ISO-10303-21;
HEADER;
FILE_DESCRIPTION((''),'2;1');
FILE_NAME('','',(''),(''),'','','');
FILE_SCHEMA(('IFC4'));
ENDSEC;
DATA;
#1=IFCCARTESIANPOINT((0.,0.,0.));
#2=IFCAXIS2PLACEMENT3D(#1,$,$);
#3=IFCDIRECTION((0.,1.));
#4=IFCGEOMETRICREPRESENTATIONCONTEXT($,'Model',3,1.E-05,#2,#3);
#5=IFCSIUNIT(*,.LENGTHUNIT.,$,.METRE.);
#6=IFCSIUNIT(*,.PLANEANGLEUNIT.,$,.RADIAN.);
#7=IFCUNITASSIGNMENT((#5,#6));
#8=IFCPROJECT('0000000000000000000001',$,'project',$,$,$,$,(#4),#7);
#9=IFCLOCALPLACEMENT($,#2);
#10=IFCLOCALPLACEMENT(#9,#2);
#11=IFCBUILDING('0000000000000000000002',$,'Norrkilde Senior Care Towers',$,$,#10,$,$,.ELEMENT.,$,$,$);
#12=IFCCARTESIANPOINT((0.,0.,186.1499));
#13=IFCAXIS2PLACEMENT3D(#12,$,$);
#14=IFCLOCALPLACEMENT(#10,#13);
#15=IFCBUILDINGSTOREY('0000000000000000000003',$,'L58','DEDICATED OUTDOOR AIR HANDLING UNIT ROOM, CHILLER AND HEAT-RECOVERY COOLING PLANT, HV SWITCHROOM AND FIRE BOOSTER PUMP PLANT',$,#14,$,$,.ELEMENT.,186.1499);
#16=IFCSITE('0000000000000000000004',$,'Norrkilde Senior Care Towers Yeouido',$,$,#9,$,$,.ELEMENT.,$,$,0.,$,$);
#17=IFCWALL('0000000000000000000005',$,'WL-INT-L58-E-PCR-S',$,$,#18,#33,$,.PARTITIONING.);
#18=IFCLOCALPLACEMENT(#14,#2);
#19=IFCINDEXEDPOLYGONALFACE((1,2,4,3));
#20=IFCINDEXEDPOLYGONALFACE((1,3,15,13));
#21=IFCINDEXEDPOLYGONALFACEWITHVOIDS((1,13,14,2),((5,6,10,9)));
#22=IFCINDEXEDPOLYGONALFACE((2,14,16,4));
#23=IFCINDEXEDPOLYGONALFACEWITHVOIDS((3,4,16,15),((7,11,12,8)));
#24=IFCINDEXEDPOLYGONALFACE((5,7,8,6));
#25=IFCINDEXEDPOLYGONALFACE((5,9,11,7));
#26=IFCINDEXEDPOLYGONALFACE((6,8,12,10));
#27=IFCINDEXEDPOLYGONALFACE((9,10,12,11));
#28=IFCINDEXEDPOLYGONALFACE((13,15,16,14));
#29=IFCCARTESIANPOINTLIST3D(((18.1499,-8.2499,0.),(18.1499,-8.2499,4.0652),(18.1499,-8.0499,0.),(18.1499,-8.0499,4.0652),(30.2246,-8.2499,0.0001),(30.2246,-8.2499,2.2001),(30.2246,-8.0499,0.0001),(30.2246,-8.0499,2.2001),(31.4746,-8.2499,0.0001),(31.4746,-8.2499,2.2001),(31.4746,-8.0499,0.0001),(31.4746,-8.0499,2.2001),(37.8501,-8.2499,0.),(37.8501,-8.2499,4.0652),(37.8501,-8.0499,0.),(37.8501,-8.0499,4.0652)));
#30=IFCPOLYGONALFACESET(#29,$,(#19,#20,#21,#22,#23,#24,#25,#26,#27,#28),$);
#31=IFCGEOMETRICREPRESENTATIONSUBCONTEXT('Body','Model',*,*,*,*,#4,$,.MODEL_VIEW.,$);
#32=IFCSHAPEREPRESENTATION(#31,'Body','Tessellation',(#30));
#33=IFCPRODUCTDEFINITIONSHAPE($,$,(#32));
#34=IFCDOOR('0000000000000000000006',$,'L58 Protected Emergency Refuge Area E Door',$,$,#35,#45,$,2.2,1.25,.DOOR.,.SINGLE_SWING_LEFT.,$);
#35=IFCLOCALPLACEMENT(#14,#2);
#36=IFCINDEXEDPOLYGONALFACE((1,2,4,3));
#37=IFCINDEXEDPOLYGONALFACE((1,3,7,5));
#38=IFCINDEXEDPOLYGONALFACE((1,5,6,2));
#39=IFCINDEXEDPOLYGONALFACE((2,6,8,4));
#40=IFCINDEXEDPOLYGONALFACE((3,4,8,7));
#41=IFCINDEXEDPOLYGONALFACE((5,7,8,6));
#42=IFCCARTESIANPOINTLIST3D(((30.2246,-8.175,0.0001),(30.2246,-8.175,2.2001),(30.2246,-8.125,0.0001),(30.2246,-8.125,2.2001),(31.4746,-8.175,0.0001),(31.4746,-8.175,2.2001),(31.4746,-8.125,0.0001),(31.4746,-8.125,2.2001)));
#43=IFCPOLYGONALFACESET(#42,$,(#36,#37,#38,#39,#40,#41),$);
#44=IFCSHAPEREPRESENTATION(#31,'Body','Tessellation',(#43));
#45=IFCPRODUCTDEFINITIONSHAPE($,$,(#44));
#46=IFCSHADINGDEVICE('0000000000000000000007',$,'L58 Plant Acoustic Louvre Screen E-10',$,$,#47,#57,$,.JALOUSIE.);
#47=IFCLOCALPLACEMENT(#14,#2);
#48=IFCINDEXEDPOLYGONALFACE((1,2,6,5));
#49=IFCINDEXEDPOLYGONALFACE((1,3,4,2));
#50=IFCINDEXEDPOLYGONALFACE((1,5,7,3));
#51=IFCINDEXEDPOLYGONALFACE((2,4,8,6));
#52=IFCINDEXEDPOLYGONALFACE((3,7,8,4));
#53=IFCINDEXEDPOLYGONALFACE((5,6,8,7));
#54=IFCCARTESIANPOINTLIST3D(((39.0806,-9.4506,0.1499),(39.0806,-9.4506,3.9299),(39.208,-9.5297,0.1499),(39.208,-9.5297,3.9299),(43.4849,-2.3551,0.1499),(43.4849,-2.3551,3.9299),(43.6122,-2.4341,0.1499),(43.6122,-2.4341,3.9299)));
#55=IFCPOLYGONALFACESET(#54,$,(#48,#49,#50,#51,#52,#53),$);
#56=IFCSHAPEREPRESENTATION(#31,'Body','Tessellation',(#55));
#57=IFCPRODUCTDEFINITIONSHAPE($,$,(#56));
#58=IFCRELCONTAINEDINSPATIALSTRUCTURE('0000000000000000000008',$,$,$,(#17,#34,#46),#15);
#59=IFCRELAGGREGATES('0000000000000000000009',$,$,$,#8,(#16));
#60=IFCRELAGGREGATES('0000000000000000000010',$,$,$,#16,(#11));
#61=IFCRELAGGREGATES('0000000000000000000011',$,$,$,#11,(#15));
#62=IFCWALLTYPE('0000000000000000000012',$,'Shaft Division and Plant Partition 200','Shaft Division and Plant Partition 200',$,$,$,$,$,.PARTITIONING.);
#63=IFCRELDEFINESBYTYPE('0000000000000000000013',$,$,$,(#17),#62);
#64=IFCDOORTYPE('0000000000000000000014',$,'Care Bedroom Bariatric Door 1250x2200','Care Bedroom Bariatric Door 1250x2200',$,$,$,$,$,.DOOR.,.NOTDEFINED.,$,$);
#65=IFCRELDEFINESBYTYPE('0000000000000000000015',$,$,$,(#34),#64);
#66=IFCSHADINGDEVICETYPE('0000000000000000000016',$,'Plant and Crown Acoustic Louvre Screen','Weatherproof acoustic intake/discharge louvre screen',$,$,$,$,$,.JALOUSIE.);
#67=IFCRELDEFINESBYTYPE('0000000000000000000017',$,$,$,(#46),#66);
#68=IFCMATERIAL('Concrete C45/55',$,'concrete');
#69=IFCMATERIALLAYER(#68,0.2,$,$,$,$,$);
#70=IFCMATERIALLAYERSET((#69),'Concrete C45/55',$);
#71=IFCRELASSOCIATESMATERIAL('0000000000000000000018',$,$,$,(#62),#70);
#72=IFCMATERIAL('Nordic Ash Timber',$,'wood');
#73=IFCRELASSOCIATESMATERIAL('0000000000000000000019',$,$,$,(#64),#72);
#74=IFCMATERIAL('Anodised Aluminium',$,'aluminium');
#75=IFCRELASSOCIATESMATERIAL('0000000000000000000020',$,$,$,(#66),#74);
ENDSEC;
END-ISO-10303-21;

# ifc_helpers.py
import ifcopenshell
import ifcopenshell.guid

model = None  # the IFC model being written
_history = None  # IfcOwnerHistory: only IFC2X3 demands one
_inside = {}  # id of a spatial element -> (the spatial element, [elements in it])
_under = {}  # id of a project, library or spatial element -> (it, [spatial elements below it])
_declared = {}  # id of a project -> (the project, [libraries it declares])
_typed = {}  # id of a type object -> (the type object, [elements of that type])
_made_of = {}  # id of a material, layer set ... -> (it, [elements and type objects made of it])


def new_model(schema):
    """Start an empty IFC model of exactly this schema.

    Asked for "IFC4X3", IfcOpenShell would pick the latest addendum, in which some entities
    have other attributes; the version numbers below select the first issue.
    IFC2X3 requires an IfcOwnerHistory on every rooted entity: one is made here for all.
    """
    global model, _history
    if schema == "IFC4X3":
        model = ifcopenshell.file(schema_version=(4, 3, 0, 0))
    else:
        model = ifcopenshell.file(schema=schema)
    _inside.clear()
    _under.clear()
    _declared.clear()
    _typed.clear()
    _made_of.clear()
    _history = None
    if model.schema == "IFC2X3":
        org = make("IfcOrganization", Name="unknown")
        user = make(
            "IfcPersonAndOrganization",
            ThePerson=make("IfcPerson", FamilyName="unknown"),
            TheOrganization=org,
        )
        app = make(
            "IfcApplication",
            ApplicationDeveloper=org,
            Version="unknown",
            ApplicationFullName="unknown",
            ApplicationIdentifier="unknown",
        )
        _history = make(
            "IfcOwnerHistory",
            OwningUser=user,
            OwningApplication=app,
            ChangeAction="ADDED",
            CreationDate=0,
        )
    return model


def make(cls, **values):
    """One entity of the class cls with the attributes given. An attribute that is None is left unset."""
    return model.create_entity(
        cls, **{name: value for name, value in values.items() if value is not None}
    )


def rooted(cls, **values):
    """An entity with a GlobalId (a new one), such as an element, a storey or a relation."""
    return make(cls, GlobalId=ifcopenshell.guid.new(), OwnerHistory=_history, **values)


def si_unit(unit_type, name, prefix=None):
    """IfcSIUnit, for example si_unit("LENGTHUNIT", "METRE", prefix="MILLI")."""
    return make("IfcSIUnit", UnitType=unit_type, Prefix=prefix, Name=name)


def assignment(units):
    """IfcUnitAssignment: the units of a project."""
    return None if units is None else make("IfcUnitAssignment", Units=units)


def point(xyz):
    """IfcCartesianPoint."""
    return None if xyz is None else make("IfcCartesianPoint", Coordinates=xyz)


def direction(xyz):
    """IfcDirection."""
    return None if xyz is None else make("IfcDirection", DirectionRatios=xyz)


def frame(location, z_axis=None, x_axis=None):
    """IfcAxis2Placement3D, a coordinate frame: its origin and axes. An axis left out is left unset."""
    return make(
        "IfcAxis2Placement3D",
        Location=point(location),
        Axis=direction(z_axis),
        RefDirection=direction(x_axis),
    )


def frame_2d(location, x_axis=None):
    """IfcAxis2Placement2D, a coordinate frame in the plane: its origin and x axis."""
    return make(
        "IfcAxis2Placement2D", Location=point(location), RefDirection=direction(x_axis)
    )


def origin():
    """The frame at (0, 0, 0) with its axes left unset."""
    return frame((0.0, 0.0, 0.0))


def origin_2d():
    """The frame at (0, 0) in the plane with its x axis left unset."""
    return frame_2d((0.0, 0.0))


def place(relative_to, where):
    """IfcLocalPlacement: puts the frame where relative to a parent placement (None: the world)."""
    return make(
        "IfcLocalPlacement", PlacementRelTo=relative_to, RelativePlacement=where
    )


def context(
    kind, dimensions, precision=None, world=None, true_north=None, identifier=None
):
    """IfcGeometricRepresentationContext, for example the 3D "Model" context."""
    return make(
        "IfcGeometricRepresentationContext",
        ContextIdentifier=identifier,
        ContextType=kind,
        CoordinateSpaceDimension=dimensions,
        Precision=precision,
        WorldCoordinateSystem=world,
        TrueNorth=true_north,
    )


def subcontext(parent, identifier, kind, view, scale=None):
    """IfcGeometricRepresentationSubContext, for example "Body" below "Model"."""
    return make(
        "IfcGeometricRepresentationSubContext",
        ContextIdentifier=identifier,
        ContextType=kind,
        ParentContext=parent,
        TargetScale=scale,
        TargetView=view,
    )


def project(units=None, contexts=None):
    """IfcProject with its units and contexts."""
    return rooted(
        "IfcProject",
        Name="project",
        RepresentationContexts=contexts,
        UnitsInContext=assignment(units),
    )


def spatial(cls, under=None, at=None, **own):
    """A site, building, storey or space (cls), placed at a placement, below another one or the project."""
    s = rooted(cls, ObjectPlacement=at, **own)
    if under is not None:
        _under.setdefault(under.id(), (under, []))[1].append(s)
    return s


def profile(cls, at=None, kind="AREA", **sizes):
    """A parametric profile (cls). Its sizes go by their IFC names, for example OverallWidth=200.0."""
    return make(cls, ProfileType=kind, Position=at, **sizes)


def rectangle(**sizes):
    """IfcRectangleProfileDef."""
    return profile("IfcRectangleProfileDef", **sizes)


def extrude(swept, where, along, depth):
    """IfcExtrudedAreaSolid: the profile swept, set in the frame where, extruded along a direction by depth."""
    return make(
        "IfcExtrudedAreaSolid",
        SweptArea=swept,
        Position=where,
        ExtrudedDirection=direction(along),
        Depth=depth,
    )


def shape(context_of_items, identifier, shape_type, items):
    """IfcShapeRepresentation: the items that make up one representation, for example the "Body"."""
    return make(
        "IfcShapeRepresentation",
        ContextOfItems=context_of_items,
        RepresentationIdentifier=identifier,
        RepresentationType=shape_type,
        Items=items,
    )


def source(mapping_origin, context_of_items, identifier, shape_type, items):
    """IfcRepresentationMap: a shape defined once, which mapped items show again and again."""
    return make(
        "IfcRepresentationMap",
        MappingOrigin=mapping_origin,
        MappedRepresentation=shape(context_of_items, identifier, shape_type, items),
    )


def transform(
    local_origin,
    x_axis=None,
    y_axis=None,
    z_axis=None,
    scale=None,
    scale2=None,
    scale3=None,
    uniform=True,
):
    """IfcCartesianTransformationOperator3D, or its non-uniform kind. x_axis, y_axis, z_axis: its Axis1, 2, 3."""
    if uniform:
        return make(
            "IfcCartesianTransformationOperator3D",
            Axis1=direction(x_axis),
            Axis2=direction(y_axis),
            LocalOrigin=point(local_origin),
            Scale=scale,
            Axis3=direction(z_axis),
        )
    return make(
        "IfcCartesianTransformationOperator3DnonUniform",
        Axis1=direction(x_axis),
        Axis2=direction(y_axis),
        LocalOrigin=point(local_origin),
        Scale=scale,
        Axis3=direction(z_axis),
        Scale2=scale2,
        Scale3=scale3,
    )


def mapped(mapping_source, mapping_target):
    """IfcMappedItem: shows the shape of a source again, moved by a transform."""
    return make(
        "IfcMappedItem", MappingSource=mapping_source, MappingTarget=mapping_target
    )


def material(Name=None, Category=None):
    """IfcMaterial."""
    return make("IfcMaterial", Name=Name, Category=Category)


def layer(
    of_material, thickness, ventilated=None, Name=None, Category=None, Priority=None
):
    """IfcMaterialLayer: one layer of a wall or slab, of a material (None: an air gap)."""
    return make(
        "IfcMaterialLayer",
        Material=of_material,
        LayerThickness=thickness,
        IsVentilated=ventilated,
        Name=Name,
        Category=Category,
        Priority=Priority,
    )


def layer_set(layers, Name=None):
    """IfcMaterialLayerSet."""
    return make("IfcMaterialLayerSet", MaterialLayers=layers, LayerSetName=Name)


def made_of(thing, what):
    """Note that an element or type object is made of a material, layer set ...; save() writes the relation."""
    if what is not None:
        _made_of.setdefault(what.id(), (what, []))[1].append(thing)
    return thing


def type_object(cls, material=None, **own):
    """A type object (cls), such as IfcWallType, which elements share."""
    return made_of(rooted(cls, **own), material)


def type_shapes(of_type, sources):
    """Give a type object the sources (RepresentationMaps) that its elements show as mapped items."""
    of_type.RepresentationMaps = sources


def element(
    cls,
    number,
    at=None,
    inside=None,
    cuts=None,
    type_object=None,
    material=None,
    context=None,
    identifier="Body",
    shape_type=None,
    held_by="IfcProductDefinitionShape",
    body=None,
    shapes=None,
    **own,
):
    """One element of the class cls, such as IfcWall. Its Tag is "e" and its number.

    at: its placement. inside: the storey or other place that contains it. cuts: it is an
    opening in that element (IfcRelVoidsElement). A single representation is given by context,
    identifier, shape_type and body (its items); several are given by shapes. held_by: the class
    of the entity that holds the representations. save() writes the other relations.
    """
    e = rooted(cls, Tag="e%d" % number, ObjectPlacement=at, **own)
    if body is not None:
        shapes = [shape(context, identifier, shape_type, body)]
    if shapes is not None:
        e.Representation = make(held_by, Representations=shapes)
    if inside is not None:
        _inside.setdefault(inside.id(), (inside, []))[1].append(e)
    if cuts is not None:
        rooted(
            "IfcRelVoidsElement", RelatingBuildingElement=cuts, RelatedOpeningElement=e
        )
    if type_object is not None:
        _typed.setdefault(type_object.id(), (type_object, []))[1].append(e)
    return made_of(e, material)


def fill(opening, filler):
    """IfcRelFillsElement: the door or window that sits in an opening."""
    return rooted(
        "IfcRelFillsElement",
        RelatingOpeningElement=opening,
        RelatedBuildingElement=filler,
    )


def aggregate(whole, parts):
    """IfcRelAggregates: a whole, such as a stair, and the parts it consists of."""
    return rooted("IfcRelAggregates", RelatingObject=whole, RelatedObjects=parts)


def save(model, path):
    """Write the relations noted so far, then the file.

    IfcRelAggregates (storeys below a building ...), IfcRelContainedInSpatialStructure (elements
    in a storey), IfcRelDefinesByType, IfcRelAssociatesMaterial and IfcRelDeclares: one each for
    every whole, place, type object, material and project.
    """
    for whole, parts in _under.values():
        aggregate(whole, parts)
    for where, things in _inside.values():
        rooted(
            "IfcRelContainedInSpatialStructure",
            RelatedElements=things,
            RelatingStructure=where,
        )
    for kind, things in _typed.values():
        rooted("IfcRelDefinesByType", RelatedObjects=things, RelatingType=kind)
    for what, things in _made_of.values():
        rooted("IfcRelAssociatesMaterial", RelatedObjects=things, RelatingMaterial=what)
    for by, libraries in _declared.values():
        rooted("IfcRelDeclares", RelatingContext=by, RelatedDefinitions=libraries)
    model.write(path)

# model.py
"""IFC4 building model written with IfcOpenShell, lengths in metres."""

from ifc_helpers import new_model, si_unit, direction, frame, frame_2d, origin, origin_2d, place, context, subcontext, project, spatial, rectangle, extrude, source, transform, mapped, material, layer, layer_set, type_object, type_shapes, element, fill, save


model = new_model("IFC4")

# Units and contexts
model_context = context("Model", 3, precision=1e-05, world=origin(), true_north=direction((0.0, 1.0)))
body_context = subcontext(model_context, "Body", "Model", "MODEL_VIEW")
ifc_project = project(units=[si_unit("LENGTHUNIT", "METRE"), si_unit("PLANEANGLEUNIT", "RADIAN")], contexts=[model_context])

# Site, building, storey
site_placement = place(None, origin())
site = spatial("IfcSite", under=ifc_project, at=site_placement, Name="Norrkilde Senior Care Towers Yeouido", CompositionType="ELEMENT", RefElevation=0.0)
building_placement = place(site_placement, origin())
building = spatial("IfcBuilding", under=site, at=building_placement, Name="Norrkilde Senior Care Towers", CompositionType="ELEMENT")
storey_placement = place(building_placement, frame((0.0, 0.0, 186.1499)))
storey = spatial("IfcBuildingStorey", under=building, at=storey_placement, Name="L58", Description="DEDICATED OUTDOOR AIR HANDLING UNIT ROOM, CHILLER AND HEAT-RECOVERY COOLING PLANT, HV SWITCHROOM AND FIRE BOOSTER PUMP PLANT", CompositionType="ELEMENT", Elevation=186.1499)

# Shared definitions
ifc_material_1 = material(Name="Anodised Aluminium", Category="aluminium")

# Wall, opening, door
ifc_material_2 = material(Name="Concrete C45/55", Category="concrete")
ifc_layer_1 = layer(ifc_material_2, 0.2)
ifc_layer_set_1 = layer_set([ifc_layer_1], Name="Concrete C45/55")
wall_type = type_object("IfcWallType", Name="Shaft Division and Plant Partition 200", Description="Shaft Division and Plant Partition 200", PredefinedType="PARTITIONING", material=ifc_layer_set_1)
shared_shape_1 = source(origin(), body_context, "Body", "SweptSolid", [
    extrude(rectangle(XDim=19.7002, YDim=0.2, at=frame_2d((9.8501, 0.0))), origin(), (0.0, 0.0, 1.0), 4.0652),
])
type_shapes(wall_type, [shared_shape_1])
wall_placement = place(storey_placement, frame((37.8501, -8.1499, 0.0), z_axis=(0.0, 0.0, 1.0), x_axis=(-1.0, 0.0, 0.0)))
wall = element("IfcWall", 1, at=wall_placement, inside=storey, type_object=wall_type, Name="WL-INT-L58-E-PCR-S", PredefinedType="PARTITIONING", context=body_context, shape_type="MappedRepresentation", body=[
    mapped(shared_shape_1, transform((0.0, 0.0, 0.0), x_axis=(1.0, 0.0, 0.0), y_axis=(0.0, 1.0, 0.0), z_axis=(0.0, 0.0, 1.0), scale=1.0)),
])
opening_placement = place(wall_placement, frame((6.3755, 0.0, 0.0)))
opening = element("IfcOpeningElement", 2, at=opening_placement, cuts=wall, PredefinedType="OPENING", context=body_context, shape_type="SweptSolid", body=[
    extrude(rectangle(XDim=1.25, YDim=2.2, at=frame_2d((0.625, 1.1001))), frame((0.0, 0.1099, 0.0), z_axis=(0.0, -1.0, 0.0), x_axis=(1.0, 0.0, 0.0)), (0.0, 0.0, 1.0), 0.22),
])
ifc_material_3 = material(Name="Nordic Ash Timber", Category="wood")
door_type = type_object("IfcDoorType", Name="Care Bedroom Bariatric Door 1250x2200", Description="Care Bedroom Bariatric Door 1250x2200", OperationType="NOTDEFINED", PredefinedType="DOOR", material=ifc_material_3)
shared_shape_2 = source(origin(), body_context, "Body", "SweptSolid", [
    extrude(rectangle(XDim=1.25, YDim=2.2, at=frame_2d((0.625, 1.1001))), frame((0.0, 0.0249, 0.0), z_axis=(0.0, -1.0, 0.0), x_axis=(1.0, 0.0, 0.0)), (0.0, 0.0, 1.0), 0.05),
])
type_shapes(door_type, [shared_shape_2])
door_placement = place(opening_placement, frame((1.25, 0.0, 0.0), z_axis=(0.0, 0.0, 1.0), x_axis=(-1.0, 0.0, 0.0)))
door = element("IfcDoor", 3, at=door_placement, inside=storey, type_object=door_type, Name="L58 Protected Emergency Refuge Area E Door", OperationType="SINGLE_SWING_LEFT", OverallHeight=2.2, OverallWidth=1.25, PredefinedType="DOOR", context=body_context, shape_type="MappedRepresentation", body=[
    mapped(shared_shape_2, transform((0.0, 0.0, 0.0), x_axis=(1.0, 0.0, 0.0), y_axis=(0.0, 1.0, 0.0), z_axis=(0.0, 0.0, 1.0), scale=1.0)),
])
fill(opening, door)

# Shading device
shading_device_type = type_object("IfcShadingDeviceType", Name="Plant and Crown Acoustic Louvre Screen", Description="Weatherproof acoustic intake/discharge louvre screen", PredefinedType="JALOUSIE", material=ifc_material_1)
shared_shape_3 = source(origin(), body_context, "Body", "SweptSolid", [
    extrude(rectangle(XDim=8.3513, YDim=0.1499, at=origin_2d()), origin(), (0.0, 0.0, 1.0), 3.78),
])
type_shapes(shading_device_type, [shared_shape_3])
shading_device_placement = place(storey_placement, frame((41.3464, -5.9424, 0.1499), z_axis=(0.0, 0.0, 1.0), x_axis=(-0.527373, -0.849634, 0.0)))
element("IfcShadingDevice", 4, at=shading_device_placement, inside=storey, type_object=shading_device_type, Name="L58 Plant Acoustic Louvre Screen E-10", PredefinedType="JALOUSIE", context=body_context, shape_type="MappedRepresentation", body=[
    mapped(shared_shape_3, transform((0.0, 0.0, 0.0), x_axis=(1.0, 0.0, 0.0), y_axis=(0.0, 1.0, 0.0), z_axis=(0.0, 0.0, 1.0), scale=1.0)),
])

save(model, "model.ifc")
